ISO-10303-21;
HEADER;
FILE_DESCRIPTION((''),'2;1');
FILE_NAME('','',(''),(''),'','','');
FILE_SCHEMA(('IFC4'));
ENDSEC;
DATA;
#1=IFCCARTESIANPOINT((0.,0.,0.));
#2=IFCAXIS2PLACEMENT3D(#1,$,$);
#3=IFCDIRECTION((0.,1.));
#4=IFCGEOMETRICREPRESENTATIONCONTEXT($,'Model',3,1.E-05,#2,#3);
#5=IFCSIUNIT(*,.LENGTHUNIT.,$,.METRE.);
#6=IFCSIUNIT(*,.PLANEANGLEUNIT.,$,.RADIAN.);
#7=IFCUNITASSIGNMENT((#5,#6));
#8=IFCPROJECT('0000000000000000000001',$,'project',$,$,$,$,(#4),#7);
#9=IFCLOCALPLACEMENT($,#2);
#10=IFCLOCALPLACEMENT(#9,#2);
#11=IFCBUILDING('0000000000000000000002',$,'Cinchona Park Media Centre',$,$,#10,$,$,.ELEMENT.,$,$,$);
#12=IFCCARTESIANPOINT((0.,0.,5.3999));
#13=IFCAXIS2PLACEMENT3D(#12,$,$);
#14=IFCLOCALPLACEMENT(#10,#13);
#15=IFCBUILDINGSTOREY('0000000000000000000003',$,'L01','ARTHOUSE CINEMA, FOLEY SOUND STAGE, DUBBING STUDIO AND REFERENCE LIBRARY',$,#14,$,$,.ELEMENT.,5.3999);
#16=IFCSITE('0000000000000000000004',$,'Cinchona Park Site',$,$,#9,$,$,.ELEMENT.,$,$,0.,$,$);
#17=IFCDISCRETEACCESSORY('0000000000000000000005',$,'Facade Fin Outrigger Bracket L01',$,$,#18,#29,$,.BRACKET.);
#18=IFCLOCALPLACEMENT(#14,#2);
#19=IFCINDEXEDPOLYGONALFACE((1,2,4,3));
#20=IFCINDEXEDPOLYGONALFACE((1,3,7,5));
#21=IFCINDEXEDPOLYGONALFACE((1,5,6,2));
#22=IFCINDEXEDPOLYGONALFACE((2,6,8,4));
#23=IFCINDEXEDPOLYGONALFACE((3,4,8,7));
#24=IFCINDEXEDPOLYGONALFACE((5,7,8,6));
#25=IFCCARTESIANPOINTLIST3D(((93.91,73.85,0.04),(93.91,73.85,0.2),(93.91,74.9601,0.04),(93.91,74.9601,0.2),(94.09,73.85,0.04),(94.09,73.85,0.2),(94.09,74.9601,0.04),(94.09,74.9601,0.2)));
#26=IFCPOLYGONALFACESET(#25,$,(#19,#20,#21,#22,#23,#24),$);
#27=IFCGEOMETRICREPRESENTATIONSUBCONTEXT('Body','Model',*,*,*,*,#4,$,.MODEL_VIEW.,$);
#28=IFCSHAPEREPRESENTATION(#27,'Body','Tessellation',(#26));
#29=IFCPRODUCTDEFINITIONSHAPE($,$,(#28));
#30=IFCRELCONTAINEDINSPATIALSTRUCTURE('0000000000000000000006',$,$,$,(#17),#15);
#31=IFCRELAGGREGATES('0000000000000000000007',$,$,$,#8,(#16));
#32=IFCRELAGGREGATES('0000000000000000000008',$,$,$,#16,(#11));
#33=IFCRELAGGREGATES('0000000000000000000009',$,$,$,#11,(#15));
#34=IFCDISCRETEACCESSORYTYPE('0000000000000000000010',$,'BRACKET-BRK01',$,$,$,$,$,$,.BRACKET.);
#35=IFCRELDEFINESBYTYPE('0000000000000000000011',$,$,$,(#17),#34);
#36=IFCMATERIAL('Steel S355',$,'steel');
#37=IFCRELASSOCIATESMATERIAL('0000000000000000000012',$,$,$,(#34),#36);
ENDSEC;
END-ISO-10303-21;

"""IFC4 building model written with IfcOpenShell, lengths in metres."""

from ifc_helpers import new_model, si_unit, direction, frame, origin, origin_2d, place, context, subcontext, project, spatial, rectangle, extrude, material, type_object, element, save


model = new_model("IFC4")

# Units and contexts
model_context = context("Model", 3, precision=1e-05, world=origin(), true_north=direction((0.0, 1.0)))
body_context = subcontext(model_context, "Body", "Model", "MODEL_VIEW")
ifc_project = project(units=[si_unit("LENGTHUNIT", "METRE"), si_unit("PLANEANGLEUNIT", "RADIAN")], contexts=[model_context])

# Site, building, storey
site_placement = place(None, origin())
site = spatial("IfcSite", under=ifc_project, at=site_placement, Name="Cinchona Park Site", CompositionType="ELEMENT", RefElevation=0.0)
building_placement = place(site_placement, origin())
building = spatial("IfcBuilding", under=site, at=building_placement, Name="Cinchona Park Media Centre", CompositionType="ELEMENT")
storey_placement = place(building_placement, frame((0.0, 0.0, 5.3999)))
storey = spatial("IfcBuildingStorey", under=building, at=storey_placement, Name="L01", Description="ARTHOUSE CINEMA, FOLEY SOUND STAGE, DUBBING STUDIO AND REFERENCE LIBRARY", CompositionType="ELEMENT", Elevation=5.3999)

# Discrete accessory
ifc_material_1 = material(Name="Steel S355", Category="steel")
discrete_accessory_type = type_object("IfcDiscreteAccessoryType", Name="BRACKET-BRK01", PredefinedType="BRACKET", material=ifc_material_1)
discrete_accessory_1_placement = place(storey_placement, frame((94.0, 74.405, 0.04), z_axis=(0.0, 0.0, 1.0), x_axis=(1.0, 0.0, 0.0)))
element("IfcDiscreteAccessory", 1, at=discrete_accessory_1_placement, inside=storey, type_object=discrete_accessory_type, Name="Facade Fin Outrigger Bracket L01", PredefinedType="BRACKET", context=body_context, shape_type="SweptSolid", body=[
    extrude(rectangle(XDim=0.1799, YDim=1.1101, at=origin_2d()), origin(), (0.0, 0.0, 1.0), 0.1599),
])

save(model, "model.ifc")
